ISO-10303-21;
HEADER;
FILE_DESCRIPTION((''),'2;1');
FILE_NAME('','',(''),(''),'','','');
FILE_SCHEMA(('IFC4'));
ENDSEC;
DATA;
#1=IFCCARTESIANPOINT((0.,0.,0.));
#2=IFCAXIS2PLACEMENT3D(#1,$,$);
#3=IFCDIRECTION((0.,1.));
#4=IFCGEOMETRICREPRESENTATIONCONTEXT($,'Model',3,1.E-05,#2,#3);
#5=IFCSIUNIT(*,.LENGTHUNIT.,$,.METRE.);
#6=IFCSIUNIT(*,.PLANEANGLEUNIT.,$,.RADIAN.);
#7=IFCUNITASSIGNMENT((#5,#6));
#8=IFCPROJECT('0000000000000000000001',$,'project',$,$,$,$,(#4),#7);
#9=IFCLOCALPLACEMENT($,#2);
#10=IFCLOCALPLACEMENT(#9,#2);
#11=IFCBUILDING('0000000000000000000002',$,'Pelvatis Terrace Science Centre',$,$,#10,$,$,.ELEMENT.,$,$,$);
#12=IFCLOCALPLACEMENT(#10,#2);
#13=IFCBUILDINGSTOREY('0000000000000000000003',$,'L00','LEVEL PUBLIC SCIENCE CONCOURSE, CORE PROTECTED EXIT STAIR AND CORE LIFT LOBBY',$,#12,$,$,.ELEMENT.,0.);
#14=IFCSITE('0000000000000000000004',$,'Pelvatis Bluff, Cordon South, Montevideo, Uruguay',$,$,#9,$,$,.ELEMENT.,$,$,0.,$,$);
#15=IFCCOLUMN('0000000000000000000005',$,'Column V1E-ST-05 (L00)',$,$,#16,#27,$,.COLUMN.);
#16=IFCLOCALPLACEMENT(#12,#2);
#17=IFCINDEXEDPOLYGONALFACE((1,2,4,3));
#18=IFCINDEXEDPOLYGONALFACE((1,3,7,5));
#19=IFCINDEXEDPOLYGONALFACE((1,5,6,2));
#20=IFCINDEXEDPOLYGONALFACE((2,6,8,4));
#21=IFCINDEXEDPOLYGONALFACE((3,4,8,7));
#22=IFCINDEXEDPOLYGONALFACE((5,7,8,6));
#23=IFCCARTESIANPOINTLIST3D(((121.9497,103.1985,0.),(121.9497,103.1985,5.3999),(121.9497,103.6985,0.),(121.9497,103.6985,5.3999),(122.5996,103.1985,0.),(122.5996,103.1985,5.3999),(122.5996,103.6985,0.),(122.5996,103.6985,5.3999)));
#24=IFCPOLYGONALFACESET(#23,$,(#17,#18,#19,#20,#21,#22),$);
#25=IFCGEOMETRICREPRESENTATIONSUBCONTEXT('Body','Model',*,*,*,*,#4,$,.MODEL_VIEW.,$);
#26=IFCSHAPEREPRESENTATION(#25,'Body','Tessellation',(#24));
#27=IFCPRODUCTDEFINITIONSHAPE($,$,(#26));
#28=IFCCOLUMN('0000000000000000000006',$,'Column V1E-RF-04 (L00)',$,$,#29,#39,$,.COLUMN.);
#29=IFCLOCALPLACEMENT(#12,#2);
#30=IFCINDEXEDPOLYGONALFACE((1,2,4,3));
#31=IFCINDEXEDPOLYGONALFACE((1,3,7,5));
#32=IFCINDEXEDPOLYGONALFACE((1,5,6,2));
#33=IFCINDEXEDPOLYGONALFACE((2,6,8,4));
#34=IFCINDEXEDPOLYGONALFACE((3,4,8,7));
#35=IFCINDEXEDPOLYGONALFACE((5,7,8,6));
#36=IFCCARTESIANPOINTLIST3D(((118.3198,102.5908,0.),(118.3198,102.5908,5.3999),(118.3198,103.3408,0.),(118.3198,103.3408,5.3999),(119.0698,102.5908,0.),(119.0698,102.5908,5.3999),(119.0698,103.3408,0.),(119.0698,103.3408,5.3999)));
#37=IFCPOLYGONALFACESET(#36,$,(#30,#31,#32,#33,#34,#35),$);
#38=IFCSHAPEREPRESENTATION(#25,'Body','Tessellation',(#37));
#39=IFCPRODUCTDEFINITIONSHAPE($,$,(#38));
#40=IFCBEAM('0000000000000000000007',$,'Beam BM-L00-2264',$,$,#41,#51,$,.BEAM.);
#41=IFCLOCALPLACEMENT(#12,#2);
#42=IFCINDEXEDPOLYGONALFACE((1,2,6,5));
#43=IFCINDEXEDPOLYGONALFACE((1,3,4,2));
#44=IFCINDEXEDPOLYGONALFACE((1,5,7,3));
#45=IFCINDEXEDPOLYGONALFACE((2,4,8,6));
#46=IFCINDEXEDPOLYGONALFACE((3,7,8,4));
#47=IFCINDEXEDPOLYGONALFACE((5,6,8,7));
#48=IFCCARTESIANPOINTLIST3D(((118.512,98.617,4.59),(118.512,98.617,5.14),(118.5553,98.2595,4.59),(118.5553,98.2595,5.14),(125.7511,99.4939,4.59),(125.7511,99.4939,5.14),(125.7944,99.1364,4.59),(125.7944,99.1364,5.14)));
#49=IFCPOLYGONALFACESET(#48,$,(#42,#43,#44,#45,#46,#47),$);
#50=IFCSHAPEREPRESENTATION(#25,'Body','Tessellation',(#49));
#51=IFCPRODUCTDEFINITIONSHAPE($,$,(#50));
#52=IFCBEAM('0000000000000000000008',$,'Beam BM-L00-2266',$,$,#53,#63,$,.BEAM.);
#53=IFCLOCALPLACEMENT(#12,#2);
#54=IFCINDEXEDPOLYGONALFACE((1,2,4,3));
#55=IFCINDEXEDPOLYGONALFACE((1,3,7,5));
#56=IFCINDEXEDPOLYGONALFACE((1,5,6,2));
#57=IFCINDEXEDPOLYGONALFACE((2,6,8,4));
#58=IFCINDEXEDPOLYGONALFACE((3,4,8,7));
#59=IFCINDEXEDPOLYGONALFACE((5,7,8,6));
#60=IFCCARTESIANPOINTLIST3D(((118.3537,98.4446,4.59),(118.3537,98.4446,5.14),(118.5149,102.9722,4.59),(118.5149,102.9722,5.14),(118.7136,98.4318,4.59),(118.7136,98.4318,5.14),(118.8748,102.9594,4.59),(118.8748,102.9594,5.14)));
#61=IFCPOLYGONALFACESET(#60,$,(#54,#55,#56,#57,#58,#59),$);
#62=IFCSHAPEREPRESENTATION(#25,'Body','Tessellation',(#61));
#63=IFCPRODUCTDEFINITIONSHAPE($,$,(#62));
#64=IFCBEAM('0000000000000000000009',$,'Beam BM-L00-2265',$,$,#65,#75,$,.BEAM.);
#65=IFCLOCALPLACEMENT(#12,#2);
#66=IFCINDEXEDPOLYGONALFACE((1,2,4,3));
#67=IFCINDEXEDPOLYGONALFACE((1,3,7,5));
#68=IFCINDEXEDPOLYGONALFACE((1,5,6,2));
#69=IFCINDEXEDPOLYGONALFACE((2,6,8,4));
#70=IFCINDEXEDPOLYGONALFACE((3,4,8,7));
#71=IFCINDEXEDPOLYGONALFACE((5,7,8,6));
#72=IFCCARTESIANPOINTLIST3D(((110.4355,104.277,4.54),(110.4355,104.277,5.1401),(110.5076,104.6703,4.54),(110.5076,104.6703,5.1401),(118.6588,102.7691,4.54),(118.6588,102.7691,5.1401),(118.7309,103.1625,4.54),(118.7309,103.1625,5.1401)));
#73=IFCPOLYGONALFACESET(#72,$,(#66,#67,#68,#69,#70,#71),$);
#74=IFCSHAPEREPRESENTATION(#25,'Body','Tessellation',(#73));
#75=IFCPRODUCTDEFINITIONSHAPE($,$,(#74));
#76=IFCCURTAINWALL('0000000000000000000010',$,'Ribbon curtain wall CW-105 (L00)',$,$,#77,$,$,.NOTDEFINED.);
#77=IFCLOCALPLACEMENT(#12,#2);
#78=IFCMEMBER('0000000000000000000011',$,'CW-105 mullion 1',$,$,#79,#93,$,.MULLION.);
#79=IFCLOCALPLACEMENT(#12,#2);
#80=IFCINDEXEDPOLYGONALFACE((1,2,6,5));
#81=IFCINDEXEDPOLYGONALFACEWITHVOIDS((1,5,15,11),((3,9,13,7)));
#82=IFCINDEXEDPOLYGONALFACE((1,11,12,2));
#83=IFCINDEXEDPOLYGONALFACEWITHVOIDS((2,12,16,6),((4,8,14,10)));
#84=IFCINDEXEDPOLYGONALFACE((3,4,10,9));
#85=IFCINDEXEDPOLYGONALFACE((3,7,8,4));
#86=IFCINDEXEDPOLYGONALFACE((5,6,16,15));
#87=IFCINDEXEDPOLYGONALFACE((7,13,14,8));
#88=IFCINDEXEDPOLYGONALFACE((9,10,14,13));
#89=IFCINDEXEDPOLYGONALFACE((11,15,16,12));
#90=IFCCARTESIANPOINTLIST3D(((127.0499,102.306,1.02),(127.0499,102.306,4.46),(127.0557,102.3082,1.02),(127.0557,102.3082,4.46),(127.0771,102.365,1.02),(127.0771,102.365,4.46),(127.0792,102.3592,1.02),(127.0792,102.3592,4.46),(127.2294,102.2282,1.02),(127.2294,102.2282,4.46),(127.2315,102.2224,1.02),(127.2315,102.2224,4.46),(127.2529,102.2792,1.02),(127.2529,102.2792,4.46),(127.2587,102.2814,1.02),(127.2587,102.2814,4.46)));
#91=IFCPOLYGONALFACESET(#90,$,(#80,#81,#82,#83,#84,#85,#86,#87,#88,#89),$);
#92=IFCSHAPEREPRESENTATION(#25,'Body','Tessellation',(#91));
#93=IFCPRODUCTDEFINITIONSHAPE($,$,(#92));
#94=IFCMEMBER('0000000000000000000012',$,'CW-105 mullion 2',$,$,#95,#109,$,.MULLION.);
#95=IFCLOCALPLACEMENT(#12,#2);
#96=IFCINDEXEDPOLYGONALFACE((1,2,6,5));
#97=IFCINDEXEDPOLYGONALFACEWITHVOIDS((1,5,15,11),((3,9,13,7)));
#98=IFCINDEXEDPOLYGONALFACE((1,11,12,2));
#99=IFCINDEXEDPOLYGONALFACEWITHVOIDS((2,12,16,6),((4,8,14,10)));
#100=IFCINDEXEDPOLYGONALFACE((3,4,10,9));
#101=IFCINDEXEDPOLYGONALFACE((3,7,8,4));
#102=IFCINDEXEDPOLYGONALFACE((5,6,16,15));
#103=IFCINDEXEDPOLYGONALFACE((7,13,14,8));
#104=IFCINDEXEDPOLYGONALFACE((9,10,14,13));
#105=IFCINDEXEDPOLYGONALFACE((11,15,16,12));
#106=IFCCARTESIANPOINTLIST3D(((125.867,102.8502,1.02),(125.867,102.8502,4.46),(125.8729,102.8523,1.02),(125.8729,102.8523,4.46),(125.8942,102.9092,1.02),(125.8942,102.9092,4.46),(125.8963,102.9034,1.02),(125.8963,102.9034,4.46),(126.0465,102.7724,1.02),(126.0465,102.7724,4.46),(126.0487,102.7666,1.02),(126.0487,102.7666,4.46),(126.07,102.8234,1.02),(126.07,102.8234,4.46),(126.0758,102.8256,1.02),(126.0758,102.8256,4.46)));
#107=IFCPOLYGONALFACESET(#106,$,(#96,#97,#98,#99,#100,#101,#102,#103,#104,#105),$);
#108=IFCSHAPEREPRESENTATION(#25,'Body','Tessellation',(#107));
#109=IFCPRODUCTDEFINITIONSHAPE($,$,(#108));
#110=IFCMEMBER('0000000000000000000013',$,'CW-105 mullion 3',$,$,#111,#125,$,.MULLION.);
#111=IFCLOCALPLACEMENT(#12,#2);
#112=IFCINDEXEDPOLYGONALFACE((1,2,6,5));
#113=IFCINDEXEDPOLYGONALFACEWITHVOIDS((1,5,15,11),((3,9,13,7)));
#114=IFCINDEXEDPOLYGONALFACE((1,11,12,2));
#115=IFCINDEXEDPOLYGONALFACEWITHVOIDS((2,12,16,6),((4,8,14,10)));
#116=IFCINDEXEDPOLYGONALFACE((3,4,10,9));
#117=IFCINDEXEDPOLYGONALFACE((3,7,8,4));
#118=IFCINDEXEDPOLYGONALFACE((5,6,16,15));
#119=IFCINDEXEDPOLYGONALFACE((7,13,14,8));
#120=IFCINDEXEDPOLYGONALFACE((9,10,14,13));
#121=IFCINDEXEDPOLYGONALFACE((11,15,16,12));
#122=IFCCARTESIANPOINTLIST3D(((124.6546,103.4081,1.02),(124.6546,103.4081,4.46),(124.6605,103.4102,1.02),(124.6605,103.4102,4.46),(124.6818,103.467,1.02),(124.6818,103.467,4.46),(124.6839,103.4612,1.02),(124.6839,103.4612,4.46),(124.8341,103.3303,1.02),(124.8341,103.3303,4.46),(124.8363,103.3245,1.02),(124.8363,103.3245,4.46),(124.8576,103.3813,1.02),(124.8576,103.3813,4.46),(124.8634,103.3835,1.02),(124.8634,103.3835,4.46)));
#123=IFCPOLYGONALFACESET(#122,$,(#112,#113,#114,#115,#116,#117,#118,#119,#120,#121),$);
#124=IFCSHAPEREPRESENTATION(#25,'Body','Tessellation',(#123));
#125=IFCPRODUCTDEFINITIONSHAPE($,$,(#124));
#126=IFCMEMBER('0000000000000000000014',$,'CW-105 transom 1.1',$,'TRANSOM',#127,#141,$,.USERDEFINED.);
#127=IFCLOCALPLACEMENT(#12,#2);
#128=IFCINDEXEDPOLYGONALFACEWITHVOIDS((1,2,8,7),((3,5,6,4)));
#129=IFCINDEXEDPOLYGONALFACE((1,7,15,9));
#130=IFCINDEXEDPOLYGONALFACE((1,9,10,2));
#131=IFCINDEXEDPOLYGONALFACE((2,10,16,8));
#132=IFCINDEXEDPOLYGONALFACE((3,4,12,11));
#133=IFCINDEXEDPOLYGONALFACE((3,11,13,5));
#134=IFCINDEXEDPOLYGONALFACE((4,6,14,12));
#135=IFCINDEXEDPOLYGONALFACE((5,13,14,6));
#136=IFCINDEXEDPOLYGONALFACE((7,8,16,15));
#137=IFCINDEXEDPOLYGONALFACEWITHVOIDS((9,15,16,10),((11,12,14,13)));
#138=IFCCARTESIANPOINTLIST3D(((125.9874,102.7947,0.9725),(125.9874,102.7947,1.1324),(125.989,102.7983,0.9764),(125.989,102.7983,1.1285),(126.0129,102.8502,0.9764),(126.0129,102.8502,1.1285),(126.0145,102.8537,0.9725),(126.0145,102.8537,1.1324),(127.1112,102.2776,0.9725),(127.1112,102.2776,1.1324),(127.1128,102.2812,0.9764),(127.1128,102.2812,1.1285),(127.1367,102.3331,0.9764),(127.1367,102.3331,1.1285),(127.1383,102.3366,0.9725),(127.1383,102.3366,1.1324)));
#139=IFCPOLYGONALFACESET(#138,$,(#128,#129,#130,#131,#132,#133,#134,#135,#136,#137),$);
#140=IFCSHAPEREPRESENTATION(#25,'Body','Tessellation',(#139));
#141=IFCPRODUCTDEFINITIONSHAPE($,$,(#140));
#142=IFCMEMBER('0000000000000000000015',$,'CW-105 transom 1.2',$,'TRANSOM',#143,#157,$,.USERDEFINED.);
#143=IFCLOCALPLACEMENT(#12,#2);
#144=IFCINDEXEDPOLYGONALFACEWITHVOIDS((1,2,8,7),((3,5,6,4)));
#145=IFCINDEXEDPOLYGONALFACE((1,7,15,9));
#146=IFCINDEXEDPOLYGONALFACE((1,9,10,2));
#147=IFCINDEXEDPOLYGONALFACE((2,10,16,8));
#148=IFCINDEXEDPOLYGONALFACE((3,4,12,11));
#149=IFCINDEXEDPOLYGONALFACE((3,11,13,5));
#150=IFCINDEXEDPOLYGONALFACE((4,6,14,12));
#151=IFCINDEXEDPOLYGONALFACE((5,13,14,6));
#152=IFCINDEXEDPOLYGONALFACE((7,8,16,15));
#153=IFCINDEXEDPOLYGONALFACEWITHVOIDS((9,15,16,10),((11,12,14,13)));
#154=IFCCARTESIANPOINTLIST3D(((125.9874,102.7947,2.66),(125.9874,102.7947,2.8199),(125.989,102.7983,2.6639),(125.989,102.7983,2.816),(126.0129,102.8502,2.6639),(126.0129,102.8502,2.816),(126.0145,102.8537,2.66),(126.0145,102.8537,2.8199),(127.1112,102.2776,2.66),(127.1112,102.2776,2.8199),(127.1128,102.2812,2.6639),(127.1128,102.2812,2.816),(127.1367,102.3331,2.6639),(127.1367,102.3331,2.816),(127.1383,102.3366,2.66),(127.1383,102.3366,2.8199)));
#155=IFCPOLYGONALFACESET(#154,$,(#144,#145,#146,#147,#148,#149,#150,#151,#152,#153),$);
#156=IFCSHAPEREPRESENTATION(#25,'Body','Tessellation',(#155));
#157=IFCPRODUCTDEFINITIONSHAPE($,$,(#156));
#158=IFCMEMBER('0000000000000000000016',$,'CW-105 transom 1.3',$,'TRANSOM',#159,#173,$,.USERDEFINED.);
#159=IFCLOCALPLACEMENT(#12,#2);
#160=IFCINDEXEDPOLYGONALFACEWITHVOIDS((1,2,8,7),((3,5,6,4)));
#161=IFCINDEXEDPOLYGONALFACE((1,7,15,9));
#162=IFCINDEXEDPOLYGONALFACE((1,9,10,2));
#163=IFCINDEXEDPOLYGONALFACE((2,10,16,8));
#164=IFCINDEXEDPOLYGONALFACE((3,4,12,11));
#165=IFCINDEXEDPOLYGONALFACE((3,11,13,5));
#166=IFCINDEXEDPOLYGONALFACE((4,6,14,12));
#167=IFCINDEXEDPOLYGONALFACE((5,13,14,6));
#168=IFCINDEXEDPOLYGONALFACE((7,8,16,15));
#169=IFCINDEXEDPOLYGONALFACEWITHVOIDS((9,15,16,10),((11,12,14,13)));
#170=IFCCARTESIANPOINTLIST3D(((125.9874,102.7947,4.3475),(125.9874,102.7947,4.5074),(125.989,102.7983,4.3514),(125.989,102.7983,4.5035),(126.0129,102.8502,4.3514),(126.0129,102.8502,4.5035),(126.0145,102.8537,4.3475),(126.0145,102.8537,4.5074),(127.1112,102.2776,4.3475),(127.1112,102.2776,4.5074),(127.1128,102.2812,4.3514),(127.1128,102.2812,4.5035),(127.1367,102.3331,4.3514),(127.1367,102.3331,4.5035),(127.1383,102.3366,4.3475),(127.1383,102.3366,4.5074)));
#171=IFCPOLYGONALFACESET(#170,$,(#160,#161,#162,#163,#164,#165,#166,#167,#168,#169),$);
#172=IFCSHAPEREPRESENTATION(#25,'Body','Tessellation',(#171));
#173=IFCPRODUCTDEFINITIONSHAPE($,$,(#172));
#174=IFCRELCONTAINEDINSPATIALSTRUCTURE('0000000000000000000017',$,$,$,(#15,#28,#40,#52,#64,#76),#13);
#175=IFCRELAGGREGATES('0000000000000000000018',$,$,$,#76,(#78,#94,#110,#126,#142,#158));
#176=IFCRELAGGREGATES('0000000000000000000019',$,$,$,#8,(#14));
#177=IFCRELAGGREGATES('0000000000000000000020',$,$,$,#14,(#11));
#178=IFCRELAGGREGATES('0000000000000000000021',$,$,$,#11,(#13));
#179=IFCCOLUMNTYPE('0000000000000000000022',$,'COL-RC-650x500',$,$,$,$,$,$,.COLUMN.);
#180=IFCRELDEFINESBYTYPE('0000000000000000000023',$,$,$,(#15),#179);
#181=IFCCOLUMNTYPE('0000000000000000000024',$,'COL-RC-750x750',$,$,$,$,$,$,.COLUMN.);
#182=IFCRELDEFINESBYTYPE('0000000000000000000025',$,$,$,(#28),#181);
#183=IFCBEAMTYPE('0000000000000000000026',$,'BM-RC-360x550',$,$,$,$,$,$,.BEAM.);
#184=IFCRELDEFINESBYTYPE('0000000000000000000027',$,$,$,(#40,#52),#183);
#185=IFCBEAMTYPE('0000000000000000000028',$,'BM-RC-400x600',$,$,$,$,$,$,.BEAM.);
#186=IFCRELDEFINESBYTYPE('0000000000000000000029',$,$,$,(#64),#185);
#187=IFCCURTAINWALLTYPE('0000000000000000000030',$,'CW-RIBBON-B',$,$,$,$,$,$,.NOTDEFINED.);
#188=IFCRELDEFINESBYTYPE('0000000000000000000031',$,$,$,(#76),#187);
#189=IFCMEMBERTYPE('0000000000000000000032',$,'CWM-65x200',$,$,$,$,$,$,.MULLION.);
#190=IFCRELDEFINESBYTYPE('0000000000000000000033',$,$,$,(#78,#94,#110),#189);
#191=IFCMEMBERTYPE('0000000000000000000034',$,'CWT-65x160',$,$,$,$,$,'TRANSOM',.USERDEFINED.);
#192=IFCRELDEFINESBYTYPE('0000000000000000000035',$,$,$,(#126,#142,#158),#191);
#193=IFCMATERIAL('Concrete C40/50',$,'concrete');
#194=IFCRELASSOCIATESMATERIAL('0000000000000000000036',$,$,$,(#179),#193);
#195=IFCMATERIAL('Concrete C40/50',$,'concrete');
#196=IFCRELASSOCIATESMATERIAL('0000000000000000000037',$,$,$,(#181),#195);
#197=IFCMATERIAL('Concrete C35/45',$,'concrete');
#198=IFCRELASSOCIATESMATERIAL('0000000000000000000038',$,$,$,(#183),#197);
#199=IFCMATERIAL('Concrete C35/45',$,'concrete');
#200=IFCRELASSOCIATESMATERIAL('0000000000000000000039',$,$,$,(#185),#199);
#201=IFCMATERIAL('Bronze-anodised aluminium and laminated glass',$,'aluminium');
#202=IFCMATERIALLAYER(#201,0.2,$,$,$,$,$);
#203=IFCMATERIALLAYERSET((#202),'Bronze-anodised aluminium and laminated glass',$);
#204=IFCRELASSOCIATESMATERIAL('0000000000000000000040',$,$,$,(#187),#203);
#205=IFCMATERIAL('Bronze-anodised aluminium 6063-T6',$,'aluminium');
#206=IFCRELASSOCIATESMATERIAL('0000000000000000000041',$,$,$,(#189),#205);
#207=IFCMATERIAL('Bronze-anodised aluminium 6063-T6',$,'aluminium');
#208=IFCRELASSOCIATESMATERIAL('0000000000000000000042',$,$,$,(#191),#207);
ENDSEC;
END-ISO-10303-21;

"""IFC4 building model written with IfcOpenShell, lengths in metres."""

from ifc_helpers import new_model, si_unit, direction, frame, origin, origin_2d, place, context, subcontext, project, spatial, rectangle, hollow_rectangle, extrude, material, layer, layer_set, material_profile, profile_set, type_object, element, aggregate, save


model = new_model("IFC4")

# Units and contexts
model_context = context("Model", 3, precision=1e-05, world=origin(), true_north=direction((0.0, 1.0)))
body_context = subcontext(model_context, "Body", "Model", "MODEL_VIEW")
ifc_project = project(units=[si_unit("LENGTHUNIT", "METRE"), si_unit("PLANEANGLEUNIT", "RADIAN")], contexts=[model_context])

# Site, building, storey
site_placement = place(None, origin())
site = spatial("IfcSite", under=ifc_project, at=site_placement, Name="Pelvatis Bluff, Cordon South, Montevideo, Uruguay", CompositionType="ELEMENT", RefElevation=0.0)
building_placement = place(site_placement, origin())
building = spatial("IfcBuilding", under=site, at=building_placement, Name="Pelvatis Terrace Science Centre", CompositionType="ELEMENT")
storey_placement = place(building_placement, origin())
storey = spatial("IfcBuildingStorey", under=building, at=storey_placement, Name="L00", Description="LEVEL PUBLIC SCIENCE CONCOURSE, CORE PROTECTED EXIT STAIR AND CORE LIFT LOBBY", CompositionType="ELEMENT", Elevation=0.0)

# Columns
ifc_material_1 = material(Name="Concrete C40/50", Category="concrete")
ifc_material_profile_1 = material_profile(ifc_material_1, rectangle(XDim=0.6499, YDim=0.5, at=origin_2d()), Name="RC-COL 650x500")
ifc_profile_set_1 = profile_set([ifc_material_profile_1], Name="Concrete C40/50")
column_type_1 = type_object("IfcColumnType", Name="COL-RC-650x500", PredefinedType="COLUMN", material=ifc_profile_set_1)
column_1_placement = place(storey_placement, frame((122.2747, 103.4485, 0.0), z_axis=(0.0, 0.0, 1.0), x_axis=(1.0, 0.0, 0.0)))
element("IfcColumn", 1, at=column_1_placement, inside=storey, type_object=column_type_1, Name="Column V1E-ST-05 (L00)", PredefinedType="COLUMN", context=body_context, shape_type="SweptSolid", body=[
    extrude(rectangle(XDim=0.6499, YDim=0.5, at=origin_2d()), origin(), (0.0, 0.0, 1.0), 5.3999),
])
ifc_material_2 = material(Name="Concrete C40/50", Category="concrete")
ifc_material_profile_2 = material_profile(ifc_material_2, rectangle(XDim=0.75, YDim=0.75, at=origin_2d()), Name="RC-COL 750x750")
ifc_profile_set_2 = profile_set([ifc_material_profile_2], Name="Concrete C40/50")
column_type_2 = type_object("IfcColumnType", Name="COL-RC-750x750", PredefinedType="COLUMN", material=ifc_profile_set_2)
column_2_placement = place(storey_placement, frame((118.6948, 102.9658, 0.0), z_axis=(0.0, 0.0, 1.0), x_axis=(1.0, 0.0, 0.0)))
element("IfcColumn", 2, at=column_2_placement, inside=storey, type_object=column_type_2, Name="Column V1E-RF-04 (L00)", PredefinedType="COLUMN", context=body_context, shape_type="SweptSolid", body=[
    extrude(rectangle(XDim=0.75, YDim=0.75, at=origin_2d()), origin(), (0.0, 0.0, 1.0), 5.3999),
])

# Beams
ifc_material_3 = material(Name="Concrete C35/45", Category="concrete")
ifc_material_profile_3 = material_profile(ifc_material_3, rectangle(XDim=0.3601, YDim=0.55, at=origin_2d()), Name="RC-BM 360x550")
ifc_profile_set_3 = profile_set([ifc_material_profile_3], Name="Concrete C35/45")
beam_type_1 = type_object("IfcBeamType", Name="BM-RC-360x550", PredefinedType="BEAM", material=ifc_profile_set_3)
beam_1_placement = place(storey_placement, frame((125.7727, 99.3152, 4.865), z_axis=(-0.992742, -0.120263, 0.0), x_axis=(0.120263, -0.992742, 0.0)))
element("IfcBeam", 3, at=beam_1_placement, inside=storey, type_object=beam_type_1, Name="Beam BM-L00-2264", PredefinedType="BEAM", context=body_context, shape_type="SweptSolid", body=[
    extrude(rectangle(XDim=0.3601, YDim=0.55, at=origin_2d()), origin(), (0.0, 0.0, 1.0), 7.292),
])
beam_2_placement = place(storey_placement, frame((118.6948, 102.9658, 4.865), z_axis=(-0.035567, -0.999367, 0.0), x_axis=(0.999367, -0.035567, 0.0)))
element("IfcBeam", 4, at=beam_2_placement, inside=storey, type_object=beam_type_1, Name="Beam BM-L00-2266", PredefinedType="BEAM", context=body_context, shape_type="SweptSolid", body=[
    extrude(rectangle(XDim=0.3601, YDim=0.55, at=origin_2d()), origin(), (0.0, 0.0, 1.0), 4.5305),
])
ifc_material_4 = material(Name="Concrete C35/45", Category="concrete")
ifc_material_profile_4 = material_profile(ifc_material_4, rectangle(XDim=0.3999, YDim=0.6001, at=origin_2d()), Name="RC-BM 400x600")
ifc_profile_set_4 = profile_set([ifc_material_profile_4], Name="Concrete C35/45")
beam_type_2 = type_object("IfcBeamType", Name="BM-RC-400x600", PredefinedType="BEAM", material=ifc_profile_set_4)
beam_3_placement = place(storey_placement, frame((118.6948, 102.9658, 4.8401), z_axis=(-0.983602, 0.180355, 0.0), x_axis=(-0.180355, -0.983602, 0.0)))
element("IfcBeam", 5, at=beam_3_placement, inside=storey, type_object=beam_type_2, Name="Beam BM-L00-2265", PredefinedType="BEAM", context=body_context, shape_type="SweptSolid", body=[
    extrude(rectangle(XDim=0.3999, YDim=0.6001, at=origin_2d()), origin(), (0.0, 0.0, 1.0), 8.3604),
])

# Curtain wall, members
ifc_material_5 = material(Name="Bronze-anodised aluminium and laminated glass", Category="aluminium")
ifc_layer_1 = layer(ifc_material_5, 0.2)
ifc_layer_set_1 = layer_set([ifc_layer_1], Name="Bronze-anodised aluminium and laminated glass")
curtain_wall_type = type_object("IfcCurtainWallType", Name="CW-RIBBON-B", PredefinedType="NOTDEFINED", material=ifc_layer_set_1)
curtain_wall_placement = place(storey_placement, origin())
curtain_wall = element("IfcCurtainWall", 6, at=curtain_wall_placement, inside=storey, type_object=curtain_wall_type, Name="Ribbon curtain wall CW-105 (L00)", PredefinedType="NOTDEFINED")
ifc_material_6 = material(Name="Bronze-anodised aluminium 6063-T6", Category="aluminium")
ifc_material_profile_5 = material_profile(ifc_material_6, hollow_rectangle(XDim=0.0649, YDim=0.2, WallThickness=0.0044, at=origin_2d()), Name="ALU-MUL 65x200")
ifc_profile_set_5 = profile_set([ifc_material_profile_5], Name="Bronze-anodised aluminium 6063-T6")
member_type_1 = type_object("IfcMemberType", Name="CWM-65x200", PredefinedType="MULLION", material=ifc_profile_set_5)
member_1_placement = place(storey_placement, frame((127.1543, 102.2937, 1.02), z_axis=(0.0, 0.0, 1.0), x_axis=(-0.418057, -0.908421, 0.0)))
member_1 = element("IfcMember", 7, at=member_1_placement, type_object=member_type_1, Name="CW-105 mullion 1", PredefinedType="MULLION", context=body_context, shape_type="SweptSolid", body=[
    extrude(hollow_rectangle(XDim=0.0649, YDim=0.2, WallThickness=0.0044, at=origin_2d()), origin(), (0.0, 0.0, 1.0), 3.4399),
])
member_2_placement = place(storey_placement, frame((125.9714, 102.8379, 1.02), z_axis=(0.0, 0.0, 1.0), x_axis=(-0.418057, -0.908421, 0.0)))
member_2 = element("IfcMember", 8, at=member_2_placement, type_object=member_type_1, Name="CW-105 mullion 2", PredefinedType="MULLION", context=body_context, shape_type="SweptSolid", body=[
    extrude(hollow_rectangle(XDim=0.0649, YDim=0.2, WallThickness=0.0044, at=origin_2d()), origin(), (0.0, 0.0, 1.0), 3.4399),
])
member_3_placement = place(storey_placement, frame((124.759, 103.3958, 1.02), z_axis=(0.0, 0.0, 1.0), x_axis=(-0.418057, -0.908421, 0.0)))
member_3 = element("IfcMember", 9, at=member_3_placement, type_object=member_type_1, Name="CW-105 mullion 3", PredefinedType="MULLION", context=body_context, shape_type="SweptSolid", body=[
    extrude(hollow_rectangle(XDim=0.0649, YDim=0.2, WallThickness=0.0044, at=origin_2d()), origin(), (0.0, 0.0, 1.0), 3.4399),
])
ifc_material_7 = material(Name="Bronze-anodised aluminium 6063-T6", Category="aluminium")
ifc_material_profile_6 = material_profile(ifc_material_7, hollow_rectangle(XDim=0.0649, YDim=0.1599, WallThickness=0.0039, at=origin_2d()), Name="ALU-TRN 65x160")
ifc_profile_set_6 = profile_set([ifc_material_profile_6], Name="Bronze-anodised aluminium 6063-T6")
member_type_2 = type_object("IfcMemberType", Name="CWT-65x160", ElementType="TRANSOM", PredefinedType="USERDEFINED", material=ifc_profile_set_6)
member_4_placement = place(storey_placement, frame((127.1248, 102.3071, 1.0525), z_axis=(-0.908444, 0.418007, 0.0), x_axis=(-0.418007, -0.908444, 0.0)))
member_4 = element("IfcMember", 10, at=member_4_placement, type_object=member_type_2, Name="CW-105 transom 1.1", ObjectType="TRANSOM", PredefinedType="USERDEFINED", context=body_context, shape_type="SweptSolid", body=[
    extrude(hollow_rectangle(XDim=0.0649, YDim=0.1599, WallThickness=0.0039, at=origin_2d()), origin(), (0.0, 0.0, 1.0), 1.2371),
])
member_5_placement = place(storey_placement, frame((127.1248, 102.3071, 2.74), z_axis=(-0.908444, 0.418007, 0.0), x_axis=(-0.418007, -0.908444, 0.0)))
member_5 = element("IfcMember", 11, at=member_5_placement, type_object=member_type_2, Name="CW-105 transom 1.2", ObjectType="TRANSOM", PredefinedType="USERDEFINED", context=body_context, shape_type="SweptSolid", body=[
    extrude(hollow_rectangle(XDim=0.0649, YDim=0.1599, WallThickness=0.0039, at=origin_2d()), origin(), (0.0, 0.0, 1.0), 1.2371),
])
member_6_placement = place(storey_placement, frame((127.1248, 102.3071, 4.4275), z_axis=(-0.908444, 0.418007, 0.0), x_axis=(-0.418007, -0.908444, 0.0)))
member_6 = element("IfcMember", 12, at=member_6_placement, type_object=member_type_2, Name="CW-105 transom 1.3", ObjectType="TRANSOM", PredefinedType="USERDEFINED", context=body_context, shape_type="SweptSolid", body=[
    extrude(hollow_rectangle(XDim=0.0649, YDim=0.1599, WallThickness=0.0039, at=origin_2d()), origin(), (0.0, 0.0, 1.0), 1.2371),
])
aggregate(curtain_wall, [member_1, member_2, member_3, member_4, member_5, member_6])

save(model, "model.ifc")
